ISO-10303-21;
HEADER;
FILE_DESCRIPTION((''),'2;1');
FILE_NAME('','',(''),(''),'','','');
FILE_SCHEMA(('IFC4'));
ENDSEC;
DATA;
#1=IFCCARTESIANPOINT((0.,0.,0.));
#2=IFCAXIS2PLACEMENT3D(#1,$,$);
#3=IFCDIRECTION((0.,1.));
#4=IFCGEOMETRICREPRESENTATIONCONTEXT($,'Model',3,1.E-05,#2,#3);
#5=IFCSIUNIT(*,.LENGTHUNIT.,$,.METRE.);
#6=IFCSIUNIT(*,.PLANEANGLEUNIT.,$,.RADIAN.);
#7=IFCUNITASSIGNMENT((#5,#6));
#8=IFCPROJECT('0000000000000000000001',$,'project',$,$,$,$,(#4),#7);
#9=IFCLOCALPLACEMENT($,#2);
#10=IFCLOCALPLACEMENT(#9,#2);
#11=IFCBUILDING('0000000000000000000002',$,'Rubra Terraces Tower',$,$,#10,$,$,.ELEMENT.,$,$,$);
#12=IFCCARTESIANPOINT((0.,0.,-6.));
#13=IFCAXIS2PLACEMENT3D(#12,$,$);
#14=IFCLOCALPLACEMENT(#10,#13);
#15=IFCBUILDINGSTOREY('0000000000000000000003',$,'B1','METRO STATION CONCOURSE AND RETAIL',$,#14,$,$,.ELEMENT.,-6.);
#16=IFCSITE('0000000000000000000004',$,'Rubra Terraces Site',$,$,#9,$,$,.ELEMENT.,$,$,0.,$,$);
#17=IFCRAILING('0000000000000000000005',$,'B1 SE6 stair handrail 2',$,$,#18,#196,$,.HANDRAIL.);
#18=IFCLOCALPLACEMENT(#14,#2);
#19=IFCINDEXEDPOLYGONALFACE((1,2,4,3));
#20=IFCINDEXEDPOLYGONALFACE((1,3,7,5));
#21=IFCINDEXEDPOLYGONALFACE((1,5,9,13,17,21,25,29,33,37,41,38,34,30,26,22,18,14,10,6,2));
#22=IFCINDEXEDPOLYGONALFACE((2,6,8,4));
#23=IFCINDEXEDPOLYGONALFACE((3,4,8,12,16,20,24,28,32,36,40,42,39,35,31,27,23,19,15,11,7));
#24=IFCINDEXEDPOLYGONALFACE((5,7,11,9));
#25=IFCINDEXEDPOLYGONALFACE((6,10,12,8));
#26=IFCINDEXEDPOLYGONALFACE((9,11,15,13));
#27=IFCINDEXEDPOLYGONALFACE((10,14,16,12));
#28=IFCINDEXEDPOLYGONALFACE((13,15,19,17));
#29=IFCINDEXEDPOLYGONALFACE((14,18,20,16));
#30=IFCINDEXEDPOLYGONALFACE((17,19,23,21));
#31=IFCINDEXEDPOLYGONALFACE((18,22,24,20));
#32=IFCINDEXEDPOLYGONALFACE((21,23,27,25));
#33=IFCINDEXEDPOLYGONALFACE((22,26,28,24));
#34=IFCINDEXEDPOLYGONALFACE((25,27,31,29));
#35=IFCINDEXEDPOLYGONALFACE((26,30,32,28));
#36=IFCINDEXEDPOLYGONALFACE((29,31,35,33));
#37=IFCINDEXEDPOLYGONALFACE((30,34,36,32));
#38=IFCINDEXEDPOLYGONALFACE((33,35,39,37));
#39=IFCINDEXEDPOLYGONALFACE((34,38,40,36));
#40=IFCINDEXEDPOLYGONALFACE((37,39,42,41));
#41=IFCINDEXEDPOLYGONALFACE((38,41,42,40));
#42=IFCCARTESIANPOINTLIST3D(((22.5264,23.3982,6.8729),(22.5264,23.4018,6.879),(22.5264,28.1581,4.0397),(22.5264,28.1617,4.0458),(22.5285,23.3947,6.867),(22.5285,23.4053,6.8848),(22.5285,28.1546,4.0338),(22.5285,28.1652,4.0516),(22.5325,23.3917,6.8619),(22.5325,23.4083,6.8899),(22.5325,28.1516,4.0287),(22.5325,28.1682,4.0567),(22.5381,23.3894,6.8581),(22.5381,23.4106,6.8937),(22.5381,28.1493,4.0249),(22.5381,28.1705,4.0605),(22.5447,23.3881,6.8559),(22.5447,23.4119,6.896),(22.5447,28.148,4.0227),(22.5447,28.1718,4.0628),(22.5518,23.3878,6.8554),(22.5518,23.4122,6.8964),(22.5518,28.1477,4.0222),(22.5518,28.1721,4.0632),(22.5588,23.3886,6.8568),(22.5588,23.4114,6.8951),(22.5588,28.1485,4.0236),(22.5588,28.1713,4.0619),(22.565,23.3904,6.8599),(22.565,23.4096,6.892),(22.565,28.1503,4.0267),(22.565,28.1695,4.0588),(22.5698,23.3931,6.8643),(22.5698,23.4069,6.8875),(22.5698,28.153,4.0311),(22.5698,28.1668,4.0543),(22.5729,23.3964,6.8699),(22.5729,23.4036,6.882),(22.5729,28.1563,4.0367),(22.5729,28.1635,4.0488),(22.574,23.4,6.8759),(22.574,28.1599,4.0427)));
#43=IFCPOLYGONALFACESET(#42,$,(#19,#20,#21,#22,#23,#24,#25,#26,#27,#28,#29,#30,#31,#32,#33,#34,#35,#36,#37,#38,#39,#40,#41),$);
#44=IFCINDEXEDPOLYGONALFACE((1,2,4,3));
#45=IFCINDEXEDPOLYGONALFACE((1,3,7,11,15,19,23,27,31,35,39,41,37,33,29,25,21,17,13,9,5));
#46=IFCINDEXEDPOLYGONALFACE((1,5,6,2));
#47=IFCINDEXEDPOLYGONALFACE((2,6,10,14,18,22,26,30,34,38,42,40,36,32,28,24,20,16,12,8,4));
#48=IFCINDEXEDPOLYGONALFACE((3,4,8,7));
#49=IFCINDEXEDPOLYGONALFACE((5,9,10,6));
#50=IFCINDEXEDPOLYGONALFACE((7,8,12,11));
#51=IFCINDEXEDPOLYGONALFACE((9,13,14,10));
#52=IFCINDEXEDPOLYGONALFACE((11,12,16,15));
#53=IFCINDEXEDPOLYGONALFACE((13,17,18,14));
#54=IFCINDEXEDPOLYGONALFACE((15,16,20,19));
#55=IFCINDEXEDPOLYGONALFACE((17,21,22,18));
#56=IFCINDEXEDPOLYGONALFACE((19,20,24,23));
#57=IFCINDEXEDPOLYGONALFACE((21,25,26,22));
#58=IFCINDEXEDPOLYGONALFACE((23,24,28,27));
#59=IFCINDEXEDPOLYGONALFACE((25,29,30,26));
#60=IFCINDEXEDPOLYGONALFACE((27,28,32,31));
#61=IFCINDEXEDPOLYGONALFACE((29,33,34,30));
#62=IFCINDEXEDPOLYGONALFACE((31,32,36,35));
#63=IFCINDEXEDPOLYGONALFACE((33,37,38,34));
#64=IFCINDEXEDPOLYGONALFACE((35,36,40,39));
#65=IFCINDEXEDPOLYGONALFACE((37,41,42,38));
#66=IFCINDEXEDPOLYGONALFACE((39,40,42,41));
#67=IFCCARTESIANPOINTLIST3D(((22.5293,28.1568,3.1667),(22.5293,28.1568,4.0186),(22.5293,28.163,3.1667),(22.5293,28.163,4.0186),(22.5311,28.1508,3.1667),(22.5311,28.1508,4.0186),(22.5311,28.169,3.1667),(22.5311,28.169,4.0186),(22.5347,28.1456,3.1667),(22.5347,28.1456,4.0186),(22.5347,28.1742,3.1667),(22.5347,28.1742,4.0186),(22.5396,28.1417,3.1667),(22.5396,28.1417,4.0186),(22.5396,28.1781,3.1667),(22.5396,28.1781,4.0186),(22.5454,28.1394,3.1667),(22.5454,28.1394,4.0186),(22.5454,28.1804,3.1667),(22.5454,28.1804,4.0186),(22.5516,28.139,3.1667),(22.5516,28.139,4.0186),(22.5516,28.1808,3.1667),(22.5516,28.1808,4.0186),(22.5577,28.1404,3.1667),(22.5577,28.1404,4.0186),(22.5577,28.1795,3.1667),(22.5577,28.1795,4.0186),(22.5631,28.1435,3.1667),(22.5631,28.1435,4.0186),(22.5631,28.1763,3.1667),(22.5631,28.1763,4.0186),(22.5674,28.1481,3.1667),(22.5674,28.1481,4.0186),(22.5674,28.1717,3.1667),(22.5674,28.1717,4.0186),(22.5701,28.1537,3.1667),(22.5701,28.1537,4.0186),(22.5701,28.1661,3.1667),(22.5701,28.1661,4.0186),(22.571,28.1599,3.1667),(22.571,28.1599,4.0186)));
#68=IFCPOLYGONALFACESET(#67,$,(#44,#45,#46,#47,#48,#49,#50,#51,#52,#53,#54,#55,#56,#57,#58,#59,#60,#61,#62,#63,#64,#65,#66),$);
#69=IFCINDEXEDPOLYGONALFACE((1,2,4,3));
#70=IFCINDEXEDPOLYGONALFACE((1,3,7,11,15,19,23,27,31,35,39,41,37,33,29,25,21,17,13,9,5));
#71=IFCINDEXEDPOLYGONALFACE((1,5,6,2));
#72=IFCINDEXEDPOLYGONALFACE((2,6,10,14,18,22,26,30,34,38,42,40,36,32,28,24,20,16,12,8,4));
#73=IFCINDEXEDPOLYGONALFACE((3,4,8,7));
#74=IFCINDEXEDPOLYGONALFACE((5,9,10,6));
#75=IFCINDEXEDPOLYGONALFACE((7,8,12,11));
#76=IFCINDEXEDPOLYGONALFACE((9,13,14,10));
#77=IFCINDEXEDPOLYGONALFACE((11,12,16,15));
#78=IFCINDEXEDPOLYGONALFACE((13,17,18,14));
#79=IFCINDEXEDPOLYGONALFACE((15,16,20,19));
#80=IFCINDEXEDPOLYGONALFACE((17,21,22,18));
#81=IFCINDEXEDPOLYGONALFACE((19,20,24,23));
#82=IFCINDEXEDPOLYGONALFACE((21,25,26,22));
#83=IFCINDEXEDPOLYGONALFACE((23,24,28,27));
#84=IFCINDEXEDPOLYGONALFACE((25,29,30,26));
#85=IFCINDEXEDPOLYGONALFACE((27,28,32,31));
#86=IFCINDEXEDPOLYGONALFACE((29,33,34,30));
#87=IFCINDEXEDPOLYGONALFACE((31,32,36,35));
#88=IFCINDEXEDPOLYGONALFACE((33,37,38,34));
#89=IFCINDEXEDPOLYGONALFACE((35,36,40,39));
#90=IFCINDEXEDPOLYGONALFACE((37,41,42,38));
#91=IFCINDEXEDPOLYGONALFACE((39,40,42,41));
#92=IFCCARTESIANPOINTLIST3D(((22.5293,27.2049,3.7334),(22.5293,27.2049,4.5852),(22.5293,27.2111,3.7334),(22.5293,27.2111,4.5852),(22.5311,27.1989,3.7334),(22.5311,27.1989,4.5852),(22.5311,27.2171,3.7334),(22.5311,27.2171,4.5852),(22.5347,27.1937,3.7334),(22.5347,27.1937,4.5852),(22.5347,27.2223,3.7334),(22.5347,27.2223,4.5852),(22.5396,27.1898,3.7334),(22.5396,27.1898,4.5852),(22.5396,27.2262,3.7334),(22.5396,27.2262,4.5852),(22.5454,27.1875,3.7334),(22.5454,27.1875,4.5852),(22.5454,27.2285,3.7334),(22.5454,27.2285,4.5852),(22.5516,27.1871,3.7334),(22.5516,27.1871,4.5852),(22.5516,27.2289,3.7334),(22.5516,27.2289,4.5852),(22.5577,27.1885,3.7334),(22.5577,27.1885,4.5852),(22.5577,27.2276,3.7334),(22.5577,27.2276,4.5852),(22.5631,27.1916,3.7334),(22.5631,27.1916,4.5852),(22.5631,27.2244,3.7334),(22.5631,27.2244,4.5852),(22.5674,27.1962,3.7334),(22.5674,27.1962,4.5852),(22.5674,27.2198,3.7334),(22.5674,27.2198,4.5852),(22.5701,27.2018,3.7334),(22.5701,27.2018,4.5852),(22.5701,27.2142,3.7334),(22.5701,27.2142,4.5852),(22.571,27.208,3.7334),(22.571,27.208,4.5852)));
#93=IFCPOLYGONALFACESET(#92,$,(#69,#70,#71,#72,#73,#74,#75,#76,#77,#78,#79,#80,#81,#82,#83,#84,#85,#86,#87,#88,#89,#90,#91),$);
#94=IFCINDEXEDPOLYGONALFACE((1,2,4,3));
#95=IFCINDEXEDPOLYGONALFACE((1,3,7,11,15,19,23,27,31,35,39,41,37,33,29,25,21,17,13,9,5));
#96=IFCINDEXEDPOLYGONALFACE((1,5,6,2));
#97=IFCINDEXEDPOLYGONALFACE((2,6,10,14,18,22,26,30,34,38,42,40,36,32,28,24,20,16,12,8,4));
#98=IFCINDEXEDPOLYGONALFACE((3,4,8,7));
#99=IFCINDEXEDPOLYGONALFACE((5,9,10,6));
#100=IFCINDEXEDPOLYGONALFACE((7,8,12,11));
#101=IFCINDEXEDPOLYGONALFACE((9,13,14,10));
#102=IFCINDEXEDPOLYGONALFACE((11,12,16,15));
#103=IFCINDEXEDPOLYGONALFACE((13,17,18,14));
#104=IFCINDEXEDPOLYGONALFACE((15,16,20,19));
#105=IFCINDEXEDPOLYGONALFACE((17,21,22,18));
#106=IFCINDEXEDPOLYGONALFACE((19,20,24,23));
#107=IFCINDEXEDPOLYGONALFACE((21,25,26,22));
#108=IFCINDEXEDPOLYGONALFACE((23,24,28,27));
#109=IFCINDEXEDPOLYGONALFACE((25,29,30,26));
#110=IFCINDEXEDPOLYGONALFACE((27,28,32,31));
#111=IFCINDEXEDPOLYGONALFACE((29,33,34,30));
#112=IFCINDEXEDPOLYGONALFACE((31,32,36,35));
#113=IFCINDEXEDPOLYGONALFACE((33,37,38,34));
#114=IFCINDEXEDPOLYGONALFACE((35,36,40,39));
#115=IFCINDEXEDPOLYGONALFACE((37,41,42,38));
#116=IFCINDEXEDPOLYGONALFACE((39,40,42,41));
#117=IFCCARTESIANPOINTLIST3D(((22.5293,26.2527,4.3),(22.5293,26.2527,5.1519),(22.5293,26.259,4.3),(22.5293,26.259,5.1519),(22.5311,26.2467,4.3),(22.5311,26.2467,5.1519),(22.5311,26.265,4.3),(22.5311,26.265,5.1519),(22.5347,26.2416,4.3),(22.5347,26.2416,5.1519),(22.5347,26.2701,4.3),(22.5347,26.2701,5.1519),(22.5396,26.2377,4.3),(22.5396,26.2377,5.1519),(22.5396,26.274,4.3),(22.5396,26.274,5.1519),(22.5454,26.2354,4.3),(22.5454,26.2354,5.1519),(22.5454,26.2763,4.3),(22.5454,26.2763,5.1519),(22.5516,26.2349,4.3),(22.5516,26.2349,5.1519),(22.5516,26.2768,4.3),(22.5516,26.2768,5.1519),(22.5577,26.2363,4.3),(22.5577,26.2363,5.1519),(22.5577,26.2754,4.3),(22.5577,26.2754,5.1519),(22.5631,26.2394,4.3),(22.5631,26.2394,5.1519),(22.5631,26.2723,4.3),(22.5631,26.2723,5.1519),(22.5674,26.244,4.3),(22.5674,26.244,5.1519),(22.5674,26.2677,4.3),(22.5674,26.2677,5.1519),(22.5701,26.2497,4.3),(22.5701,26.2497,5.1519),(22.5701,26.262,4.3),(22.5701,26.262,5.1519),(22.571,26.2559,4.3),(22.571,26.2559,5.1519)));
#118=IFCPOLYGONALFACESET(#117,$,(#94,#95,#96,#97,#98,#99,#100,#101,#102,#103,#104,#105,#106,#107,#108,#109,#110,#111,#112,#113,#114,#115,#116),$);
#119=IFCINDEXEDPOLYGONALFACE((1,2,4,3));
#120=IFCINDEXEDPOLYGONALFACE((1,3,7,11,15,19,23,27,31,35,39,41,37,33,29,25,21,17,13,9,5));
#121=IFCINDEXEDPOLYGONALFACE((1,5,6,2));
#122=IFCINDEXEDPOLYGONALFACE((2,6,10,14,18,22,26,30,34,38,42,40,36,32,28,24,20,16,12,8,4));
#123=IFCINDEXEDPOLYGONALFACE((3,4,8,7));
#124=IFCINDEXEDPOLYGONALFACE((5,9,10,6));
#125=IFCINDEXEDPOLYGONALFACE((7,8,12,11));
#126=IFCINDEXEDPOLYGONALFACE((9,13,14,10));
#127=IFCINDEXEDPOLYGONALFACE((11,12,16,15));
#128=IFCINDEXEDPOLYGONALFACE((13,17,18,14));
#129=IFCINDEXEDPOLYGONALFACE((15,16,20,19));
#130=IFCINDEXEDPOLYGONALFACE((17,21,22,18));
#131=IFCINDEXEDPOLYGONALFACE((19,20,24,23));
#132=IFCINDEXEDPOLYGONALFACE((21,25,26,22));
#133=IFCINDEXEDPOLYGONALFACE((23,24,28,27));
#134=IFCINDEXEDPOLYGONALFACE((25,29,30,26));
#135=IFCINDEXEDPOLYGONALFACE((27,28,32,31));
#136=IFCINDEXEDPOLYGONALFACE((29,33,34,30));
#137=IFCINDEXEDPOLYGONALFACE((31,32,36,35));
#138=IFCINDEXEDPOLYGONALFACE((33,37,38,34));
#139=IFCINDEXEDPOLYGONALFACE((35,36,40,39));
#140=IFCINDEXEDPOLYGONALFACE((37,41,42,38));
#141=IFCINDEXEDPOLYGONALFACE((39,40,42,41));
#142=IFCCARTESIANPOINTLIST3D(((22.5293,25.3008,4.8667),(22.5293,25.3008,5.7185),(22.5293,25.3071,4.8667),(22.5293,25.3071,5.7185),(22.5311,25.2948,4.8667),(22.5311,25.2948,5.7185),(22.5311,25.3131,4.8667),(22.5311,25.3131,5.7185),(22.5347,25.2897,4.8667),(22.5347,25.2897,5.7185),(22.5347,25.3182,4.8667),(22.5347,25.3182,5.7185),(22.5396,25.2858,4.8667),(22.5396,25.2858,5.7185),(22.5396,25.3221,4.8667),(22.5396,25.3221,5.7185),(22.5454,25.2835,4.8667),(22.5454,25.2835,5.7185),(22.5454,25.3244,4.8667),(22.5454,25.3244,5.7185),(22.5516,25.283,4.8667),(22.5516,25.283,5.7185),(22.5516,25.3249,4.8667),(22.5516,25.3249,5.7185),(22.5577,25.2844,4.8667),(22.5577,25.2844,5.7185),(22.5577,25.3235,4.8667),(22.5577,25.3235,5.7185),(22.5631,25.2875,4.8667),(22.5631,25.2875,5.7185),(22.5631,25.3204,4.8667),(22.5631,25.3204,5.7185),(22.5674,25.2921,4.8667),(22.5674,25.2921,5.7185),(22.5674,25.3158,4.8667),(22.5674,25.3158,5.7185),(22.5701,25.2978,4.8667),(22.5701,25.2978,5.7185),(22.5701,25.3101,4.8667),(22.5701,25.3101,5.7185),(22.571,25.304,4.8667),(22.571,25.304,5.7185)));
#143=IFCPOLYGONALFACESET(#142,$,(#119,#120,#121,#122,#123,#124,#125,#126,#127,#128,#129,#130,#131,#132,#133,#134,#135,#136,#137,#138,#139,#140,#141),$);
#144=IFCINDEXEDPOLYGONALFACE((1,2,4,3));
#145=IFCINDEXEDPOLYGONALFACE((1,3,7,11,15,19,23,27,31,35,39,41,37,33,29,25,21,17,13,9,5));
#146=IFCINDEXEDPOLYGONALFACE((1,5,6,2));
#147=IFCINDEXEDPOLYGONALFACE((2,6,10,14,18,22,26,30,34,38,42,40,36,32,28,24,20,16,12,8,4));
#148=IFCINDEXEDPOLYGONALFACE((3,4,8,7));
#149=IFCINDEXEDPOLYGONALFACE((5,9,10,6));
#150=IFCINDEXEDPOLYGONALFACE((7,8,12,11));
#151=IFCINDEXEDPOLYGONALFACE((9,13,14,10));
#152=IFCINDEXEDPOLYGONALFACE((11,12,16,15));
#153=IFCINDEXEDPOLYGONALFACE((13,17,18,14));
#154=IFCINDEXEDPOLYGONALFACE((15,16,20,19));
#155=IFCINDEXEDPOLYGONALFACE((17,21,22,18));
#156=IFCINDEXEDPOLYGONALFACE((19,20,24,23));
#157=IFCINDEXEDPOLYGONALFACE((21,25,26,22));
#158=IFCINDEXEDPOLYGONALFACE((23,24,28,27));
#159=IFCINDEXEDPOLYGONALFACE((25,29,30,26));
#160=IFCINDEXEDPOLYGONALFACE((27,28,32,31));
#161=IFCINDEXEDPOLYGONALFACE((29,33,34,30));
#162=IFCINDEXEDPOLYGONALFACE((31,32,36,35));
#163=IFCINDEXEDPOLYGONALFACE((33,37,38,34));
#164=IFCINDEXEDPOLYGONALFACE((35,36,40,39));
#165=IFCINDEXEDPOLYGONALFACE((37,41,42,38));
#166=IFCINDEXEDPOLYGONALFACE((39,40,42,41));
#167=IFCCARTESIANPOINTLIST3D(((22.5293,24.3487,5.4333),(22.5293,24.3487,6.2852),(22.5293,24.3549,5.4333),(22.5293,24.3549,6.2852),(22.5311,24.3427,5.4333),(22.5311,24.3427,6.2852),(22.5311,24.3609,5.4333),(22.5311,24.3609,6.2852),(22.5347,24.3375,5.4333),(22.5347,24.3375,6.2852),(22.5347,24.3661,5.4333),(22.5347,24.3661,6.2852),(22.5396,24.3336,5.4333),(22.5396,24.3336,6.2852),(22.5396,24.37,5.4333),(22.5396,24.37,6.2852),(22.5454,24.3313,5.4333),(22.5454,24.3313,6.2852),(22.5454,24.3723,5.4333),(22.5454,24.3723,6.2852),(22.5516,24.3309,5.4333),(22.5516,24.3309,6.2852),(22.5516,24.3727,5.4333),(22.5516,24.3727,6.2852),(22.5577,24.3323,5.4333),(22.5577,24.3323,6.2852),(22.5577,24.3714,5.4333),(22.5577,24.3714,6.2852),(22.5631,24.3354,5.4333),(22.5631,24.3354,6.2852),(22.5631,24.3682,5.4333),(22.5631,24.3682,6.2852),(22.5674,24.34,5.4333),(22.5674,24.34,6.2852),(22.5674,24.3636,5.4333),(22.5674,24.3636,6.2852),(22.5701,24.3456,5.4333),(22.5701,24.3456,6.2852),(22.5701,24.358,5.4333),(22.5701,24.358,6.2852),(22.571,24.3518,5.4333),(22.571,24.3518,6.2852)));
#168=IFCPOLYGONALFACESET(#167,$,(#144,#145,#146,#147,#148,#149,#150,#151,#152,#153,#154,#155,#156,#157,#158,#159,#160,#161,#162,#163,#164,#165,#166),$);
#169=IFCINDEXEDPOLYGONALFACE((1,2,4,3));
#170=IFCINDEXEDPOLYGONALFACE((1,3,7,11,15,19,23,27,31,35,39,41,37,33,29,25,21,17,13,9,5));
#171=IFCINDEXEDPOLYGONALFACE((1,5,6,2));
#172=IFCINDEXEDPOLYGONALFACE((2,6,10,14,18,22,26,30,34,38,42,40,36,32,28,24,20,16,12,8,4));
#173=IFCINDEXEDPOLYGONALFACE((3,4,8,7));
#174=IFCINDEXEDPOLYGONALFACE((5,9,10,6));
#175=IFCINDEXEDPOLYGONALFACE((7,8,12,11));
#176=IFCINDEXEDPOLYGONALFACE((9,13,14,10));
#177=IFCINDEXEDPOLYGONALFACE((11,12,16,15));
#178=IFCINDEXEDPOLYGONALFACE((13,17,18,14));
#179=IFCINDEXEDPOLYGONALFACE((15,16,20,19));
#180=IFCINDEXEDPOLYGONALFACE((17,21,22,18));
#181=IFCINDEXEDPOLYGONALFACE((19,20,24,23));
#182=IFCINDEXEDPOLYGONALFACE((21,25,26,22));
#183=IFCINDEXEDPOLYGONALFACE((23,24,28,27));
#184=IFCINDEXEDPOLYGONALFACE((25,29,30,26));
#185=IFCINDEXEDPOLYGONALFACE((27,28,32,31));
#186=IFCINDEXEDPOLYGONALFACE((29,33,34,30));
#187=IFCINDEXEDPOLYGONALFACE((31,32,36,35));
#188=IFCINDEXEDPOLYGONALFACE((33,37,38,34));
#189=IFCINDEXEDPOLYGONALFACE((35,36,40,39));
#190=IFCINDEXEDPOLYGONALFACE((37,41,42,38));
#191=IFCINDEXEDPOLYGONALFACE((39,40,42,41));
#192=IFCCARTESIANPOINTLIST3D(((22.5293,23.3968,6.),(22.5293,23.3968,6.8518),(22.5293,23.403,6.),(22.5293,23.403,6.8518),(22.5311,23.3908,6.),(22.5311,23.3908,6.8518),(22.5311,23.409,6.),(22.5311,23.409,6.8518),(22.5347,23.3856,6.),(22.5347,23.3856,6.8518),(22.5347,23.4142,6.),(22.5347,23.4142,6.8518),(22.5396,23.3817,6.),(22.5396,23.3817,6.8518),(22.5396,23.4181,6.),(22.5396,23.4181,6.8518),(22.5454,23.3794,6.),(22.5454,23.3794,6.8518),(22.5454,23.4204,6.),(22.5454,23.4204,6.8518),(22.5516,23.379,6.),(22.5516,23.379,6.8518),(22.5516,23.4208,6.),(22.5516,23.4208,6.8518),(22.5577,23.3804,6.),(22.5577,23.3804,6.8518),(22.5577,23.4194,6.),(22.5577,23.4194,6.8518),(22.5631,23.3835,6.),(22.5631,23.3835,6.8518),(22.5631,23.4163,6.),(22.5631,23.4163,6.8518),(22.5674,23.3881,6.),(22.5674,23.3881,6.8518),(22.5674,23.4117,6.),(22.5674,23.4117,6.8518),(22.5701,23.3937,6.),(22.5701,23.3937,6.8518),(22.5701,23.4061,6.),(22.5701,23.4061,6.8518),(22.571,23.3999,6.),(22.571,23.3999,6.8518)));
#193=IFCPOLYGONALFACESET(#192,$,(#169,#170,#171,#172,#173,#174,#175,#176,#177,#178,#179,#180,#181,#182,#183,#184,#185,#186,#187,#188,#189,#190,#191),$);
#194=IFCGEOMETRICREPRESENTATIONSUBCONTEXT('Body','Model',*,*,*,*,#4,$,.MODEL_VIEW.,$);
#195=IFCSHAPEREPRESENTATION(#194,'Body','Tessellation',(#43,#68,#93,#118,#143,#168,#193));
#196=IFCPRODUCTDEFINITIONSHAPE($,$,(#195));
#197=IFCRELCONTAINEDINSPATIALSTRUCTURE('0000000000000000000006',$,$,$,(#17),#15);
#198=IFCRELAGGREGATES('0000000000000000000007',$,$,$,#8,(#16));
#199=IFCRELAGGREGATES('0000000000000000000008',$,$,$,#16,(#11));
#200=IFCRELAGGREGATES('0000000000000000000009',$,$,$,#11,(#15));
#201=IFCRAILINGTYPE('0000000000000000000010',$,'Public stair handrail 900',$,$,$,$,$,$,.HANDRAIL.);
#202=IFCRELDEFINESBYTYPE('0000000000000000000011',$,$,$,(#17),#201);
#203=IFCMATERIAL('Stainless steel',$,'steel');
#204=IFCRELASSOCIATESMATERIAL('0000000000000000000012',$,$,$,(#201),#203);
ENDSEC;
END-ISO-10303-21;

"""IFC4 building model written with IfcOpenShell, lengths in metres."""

from ifc_helpers import new_model, si_unit, direction, frame, origin, origin_2d, place, context, subcontext, project, spatial, circle, extrude, material, type_object, element, save


model = new_model("IFC4")

# Units and contexts
model_context = context("Model", 3, precision=1e-05, world=origin(), true_north=direction((0.0, 1.0)))
body_context = subcontext(model_context, "Body", "Model", "MODEL_VIEW")
ifc_project = project(units=[si_unit("LENGTHUNIT", "METRE"), si_unit("PLANEANGLEUNIT", "RADIAN")], contexts=[model_context])

# Site, building, storey
site_placement = place(None, origin())
site = spatial("IfcSite", under=ifc_project, at=site_placement, Name="Rubra Terraces Site", CompositionType="ELEMENT", RefElevation=0.0)
building_placement = place(site_placement, origin())
building = spatial("IfcBuilding", under=site, at=building_placement, Name="Rubra Terraces Tower", CompositionType="ELEMENT")
storey_placement = place(building_placement, frame((0.0, 0.0, -6.0)))
storey = spatial("IfcBuildingStorey", under=building, at=storey_placement, Name="B1", Description="METRO STATION CONCOURSE AND RETAIL", CompositionType="ELEMENT", Elevation=-6.0)

# Railing
ifc_material_1 = material(Name="Stainless steel", Category="steel")
railing_type_1 = type_object("IfcRailingType", Name="Public stair handrail 900", PredefinedType="HANDRAIL", material=ifc_material_1)
railing_1_placement = place(storey_placement, frame((22.55, 28.1599, 3.1667)))
element("IfcRailing", 1, at=railing_1_placement, inside=storey, type_object=railing_type_1, Name="B1 SE6 stair handrail 2", PredefinedType="HANDRAIL", context=body_context, shape_type="SweptSolid", body=[
    extrude(circle(Radius=0.0239, at=origin_2d()), frame((0.0, 0.0, 0.876), z_axis=(0.0, -0.8593, 0.511472), x_axis=(1.0, 0.0, 0.0)), (0.0, 0.0, 1.0), 5.5393),
    extrude(circle(Radius=0.021, at=origin_2d()), origin(), (0.0, 0.0, 1.0), 0.8518),
    extrude(circle(Radius=0.021, at=origin_2d()), frame((0.0, -0.9519, 0.5667)), (0.0, 0.0, 1.0), 0.8518),
    extrude(circle(Radius=0.021, at=origin_2d()), frame((0.0, -1.9041, 1.1333)), (0.0, 0.0, 1.0), 0.8518),
    extrude(circle(Radius=0.021, at=origin_2d()), frame((0.0, -2.856, 1.7)), (0.0, 0.0, 1.0), 0.8518),
    extrude(circle(Radius=0.021, at=origin_2d()), frame((0.0, -3.8081, 2.2666)), (0.0, 0.0, 1.0), 0.8518),
    extrude(circle(Radius=0.021, at=origin_2d()), frame((0.0, -4.76, 2.8333)), (0.0, 0.0, 1.0), 0.8518),
])

save(model, "model.ifc")
